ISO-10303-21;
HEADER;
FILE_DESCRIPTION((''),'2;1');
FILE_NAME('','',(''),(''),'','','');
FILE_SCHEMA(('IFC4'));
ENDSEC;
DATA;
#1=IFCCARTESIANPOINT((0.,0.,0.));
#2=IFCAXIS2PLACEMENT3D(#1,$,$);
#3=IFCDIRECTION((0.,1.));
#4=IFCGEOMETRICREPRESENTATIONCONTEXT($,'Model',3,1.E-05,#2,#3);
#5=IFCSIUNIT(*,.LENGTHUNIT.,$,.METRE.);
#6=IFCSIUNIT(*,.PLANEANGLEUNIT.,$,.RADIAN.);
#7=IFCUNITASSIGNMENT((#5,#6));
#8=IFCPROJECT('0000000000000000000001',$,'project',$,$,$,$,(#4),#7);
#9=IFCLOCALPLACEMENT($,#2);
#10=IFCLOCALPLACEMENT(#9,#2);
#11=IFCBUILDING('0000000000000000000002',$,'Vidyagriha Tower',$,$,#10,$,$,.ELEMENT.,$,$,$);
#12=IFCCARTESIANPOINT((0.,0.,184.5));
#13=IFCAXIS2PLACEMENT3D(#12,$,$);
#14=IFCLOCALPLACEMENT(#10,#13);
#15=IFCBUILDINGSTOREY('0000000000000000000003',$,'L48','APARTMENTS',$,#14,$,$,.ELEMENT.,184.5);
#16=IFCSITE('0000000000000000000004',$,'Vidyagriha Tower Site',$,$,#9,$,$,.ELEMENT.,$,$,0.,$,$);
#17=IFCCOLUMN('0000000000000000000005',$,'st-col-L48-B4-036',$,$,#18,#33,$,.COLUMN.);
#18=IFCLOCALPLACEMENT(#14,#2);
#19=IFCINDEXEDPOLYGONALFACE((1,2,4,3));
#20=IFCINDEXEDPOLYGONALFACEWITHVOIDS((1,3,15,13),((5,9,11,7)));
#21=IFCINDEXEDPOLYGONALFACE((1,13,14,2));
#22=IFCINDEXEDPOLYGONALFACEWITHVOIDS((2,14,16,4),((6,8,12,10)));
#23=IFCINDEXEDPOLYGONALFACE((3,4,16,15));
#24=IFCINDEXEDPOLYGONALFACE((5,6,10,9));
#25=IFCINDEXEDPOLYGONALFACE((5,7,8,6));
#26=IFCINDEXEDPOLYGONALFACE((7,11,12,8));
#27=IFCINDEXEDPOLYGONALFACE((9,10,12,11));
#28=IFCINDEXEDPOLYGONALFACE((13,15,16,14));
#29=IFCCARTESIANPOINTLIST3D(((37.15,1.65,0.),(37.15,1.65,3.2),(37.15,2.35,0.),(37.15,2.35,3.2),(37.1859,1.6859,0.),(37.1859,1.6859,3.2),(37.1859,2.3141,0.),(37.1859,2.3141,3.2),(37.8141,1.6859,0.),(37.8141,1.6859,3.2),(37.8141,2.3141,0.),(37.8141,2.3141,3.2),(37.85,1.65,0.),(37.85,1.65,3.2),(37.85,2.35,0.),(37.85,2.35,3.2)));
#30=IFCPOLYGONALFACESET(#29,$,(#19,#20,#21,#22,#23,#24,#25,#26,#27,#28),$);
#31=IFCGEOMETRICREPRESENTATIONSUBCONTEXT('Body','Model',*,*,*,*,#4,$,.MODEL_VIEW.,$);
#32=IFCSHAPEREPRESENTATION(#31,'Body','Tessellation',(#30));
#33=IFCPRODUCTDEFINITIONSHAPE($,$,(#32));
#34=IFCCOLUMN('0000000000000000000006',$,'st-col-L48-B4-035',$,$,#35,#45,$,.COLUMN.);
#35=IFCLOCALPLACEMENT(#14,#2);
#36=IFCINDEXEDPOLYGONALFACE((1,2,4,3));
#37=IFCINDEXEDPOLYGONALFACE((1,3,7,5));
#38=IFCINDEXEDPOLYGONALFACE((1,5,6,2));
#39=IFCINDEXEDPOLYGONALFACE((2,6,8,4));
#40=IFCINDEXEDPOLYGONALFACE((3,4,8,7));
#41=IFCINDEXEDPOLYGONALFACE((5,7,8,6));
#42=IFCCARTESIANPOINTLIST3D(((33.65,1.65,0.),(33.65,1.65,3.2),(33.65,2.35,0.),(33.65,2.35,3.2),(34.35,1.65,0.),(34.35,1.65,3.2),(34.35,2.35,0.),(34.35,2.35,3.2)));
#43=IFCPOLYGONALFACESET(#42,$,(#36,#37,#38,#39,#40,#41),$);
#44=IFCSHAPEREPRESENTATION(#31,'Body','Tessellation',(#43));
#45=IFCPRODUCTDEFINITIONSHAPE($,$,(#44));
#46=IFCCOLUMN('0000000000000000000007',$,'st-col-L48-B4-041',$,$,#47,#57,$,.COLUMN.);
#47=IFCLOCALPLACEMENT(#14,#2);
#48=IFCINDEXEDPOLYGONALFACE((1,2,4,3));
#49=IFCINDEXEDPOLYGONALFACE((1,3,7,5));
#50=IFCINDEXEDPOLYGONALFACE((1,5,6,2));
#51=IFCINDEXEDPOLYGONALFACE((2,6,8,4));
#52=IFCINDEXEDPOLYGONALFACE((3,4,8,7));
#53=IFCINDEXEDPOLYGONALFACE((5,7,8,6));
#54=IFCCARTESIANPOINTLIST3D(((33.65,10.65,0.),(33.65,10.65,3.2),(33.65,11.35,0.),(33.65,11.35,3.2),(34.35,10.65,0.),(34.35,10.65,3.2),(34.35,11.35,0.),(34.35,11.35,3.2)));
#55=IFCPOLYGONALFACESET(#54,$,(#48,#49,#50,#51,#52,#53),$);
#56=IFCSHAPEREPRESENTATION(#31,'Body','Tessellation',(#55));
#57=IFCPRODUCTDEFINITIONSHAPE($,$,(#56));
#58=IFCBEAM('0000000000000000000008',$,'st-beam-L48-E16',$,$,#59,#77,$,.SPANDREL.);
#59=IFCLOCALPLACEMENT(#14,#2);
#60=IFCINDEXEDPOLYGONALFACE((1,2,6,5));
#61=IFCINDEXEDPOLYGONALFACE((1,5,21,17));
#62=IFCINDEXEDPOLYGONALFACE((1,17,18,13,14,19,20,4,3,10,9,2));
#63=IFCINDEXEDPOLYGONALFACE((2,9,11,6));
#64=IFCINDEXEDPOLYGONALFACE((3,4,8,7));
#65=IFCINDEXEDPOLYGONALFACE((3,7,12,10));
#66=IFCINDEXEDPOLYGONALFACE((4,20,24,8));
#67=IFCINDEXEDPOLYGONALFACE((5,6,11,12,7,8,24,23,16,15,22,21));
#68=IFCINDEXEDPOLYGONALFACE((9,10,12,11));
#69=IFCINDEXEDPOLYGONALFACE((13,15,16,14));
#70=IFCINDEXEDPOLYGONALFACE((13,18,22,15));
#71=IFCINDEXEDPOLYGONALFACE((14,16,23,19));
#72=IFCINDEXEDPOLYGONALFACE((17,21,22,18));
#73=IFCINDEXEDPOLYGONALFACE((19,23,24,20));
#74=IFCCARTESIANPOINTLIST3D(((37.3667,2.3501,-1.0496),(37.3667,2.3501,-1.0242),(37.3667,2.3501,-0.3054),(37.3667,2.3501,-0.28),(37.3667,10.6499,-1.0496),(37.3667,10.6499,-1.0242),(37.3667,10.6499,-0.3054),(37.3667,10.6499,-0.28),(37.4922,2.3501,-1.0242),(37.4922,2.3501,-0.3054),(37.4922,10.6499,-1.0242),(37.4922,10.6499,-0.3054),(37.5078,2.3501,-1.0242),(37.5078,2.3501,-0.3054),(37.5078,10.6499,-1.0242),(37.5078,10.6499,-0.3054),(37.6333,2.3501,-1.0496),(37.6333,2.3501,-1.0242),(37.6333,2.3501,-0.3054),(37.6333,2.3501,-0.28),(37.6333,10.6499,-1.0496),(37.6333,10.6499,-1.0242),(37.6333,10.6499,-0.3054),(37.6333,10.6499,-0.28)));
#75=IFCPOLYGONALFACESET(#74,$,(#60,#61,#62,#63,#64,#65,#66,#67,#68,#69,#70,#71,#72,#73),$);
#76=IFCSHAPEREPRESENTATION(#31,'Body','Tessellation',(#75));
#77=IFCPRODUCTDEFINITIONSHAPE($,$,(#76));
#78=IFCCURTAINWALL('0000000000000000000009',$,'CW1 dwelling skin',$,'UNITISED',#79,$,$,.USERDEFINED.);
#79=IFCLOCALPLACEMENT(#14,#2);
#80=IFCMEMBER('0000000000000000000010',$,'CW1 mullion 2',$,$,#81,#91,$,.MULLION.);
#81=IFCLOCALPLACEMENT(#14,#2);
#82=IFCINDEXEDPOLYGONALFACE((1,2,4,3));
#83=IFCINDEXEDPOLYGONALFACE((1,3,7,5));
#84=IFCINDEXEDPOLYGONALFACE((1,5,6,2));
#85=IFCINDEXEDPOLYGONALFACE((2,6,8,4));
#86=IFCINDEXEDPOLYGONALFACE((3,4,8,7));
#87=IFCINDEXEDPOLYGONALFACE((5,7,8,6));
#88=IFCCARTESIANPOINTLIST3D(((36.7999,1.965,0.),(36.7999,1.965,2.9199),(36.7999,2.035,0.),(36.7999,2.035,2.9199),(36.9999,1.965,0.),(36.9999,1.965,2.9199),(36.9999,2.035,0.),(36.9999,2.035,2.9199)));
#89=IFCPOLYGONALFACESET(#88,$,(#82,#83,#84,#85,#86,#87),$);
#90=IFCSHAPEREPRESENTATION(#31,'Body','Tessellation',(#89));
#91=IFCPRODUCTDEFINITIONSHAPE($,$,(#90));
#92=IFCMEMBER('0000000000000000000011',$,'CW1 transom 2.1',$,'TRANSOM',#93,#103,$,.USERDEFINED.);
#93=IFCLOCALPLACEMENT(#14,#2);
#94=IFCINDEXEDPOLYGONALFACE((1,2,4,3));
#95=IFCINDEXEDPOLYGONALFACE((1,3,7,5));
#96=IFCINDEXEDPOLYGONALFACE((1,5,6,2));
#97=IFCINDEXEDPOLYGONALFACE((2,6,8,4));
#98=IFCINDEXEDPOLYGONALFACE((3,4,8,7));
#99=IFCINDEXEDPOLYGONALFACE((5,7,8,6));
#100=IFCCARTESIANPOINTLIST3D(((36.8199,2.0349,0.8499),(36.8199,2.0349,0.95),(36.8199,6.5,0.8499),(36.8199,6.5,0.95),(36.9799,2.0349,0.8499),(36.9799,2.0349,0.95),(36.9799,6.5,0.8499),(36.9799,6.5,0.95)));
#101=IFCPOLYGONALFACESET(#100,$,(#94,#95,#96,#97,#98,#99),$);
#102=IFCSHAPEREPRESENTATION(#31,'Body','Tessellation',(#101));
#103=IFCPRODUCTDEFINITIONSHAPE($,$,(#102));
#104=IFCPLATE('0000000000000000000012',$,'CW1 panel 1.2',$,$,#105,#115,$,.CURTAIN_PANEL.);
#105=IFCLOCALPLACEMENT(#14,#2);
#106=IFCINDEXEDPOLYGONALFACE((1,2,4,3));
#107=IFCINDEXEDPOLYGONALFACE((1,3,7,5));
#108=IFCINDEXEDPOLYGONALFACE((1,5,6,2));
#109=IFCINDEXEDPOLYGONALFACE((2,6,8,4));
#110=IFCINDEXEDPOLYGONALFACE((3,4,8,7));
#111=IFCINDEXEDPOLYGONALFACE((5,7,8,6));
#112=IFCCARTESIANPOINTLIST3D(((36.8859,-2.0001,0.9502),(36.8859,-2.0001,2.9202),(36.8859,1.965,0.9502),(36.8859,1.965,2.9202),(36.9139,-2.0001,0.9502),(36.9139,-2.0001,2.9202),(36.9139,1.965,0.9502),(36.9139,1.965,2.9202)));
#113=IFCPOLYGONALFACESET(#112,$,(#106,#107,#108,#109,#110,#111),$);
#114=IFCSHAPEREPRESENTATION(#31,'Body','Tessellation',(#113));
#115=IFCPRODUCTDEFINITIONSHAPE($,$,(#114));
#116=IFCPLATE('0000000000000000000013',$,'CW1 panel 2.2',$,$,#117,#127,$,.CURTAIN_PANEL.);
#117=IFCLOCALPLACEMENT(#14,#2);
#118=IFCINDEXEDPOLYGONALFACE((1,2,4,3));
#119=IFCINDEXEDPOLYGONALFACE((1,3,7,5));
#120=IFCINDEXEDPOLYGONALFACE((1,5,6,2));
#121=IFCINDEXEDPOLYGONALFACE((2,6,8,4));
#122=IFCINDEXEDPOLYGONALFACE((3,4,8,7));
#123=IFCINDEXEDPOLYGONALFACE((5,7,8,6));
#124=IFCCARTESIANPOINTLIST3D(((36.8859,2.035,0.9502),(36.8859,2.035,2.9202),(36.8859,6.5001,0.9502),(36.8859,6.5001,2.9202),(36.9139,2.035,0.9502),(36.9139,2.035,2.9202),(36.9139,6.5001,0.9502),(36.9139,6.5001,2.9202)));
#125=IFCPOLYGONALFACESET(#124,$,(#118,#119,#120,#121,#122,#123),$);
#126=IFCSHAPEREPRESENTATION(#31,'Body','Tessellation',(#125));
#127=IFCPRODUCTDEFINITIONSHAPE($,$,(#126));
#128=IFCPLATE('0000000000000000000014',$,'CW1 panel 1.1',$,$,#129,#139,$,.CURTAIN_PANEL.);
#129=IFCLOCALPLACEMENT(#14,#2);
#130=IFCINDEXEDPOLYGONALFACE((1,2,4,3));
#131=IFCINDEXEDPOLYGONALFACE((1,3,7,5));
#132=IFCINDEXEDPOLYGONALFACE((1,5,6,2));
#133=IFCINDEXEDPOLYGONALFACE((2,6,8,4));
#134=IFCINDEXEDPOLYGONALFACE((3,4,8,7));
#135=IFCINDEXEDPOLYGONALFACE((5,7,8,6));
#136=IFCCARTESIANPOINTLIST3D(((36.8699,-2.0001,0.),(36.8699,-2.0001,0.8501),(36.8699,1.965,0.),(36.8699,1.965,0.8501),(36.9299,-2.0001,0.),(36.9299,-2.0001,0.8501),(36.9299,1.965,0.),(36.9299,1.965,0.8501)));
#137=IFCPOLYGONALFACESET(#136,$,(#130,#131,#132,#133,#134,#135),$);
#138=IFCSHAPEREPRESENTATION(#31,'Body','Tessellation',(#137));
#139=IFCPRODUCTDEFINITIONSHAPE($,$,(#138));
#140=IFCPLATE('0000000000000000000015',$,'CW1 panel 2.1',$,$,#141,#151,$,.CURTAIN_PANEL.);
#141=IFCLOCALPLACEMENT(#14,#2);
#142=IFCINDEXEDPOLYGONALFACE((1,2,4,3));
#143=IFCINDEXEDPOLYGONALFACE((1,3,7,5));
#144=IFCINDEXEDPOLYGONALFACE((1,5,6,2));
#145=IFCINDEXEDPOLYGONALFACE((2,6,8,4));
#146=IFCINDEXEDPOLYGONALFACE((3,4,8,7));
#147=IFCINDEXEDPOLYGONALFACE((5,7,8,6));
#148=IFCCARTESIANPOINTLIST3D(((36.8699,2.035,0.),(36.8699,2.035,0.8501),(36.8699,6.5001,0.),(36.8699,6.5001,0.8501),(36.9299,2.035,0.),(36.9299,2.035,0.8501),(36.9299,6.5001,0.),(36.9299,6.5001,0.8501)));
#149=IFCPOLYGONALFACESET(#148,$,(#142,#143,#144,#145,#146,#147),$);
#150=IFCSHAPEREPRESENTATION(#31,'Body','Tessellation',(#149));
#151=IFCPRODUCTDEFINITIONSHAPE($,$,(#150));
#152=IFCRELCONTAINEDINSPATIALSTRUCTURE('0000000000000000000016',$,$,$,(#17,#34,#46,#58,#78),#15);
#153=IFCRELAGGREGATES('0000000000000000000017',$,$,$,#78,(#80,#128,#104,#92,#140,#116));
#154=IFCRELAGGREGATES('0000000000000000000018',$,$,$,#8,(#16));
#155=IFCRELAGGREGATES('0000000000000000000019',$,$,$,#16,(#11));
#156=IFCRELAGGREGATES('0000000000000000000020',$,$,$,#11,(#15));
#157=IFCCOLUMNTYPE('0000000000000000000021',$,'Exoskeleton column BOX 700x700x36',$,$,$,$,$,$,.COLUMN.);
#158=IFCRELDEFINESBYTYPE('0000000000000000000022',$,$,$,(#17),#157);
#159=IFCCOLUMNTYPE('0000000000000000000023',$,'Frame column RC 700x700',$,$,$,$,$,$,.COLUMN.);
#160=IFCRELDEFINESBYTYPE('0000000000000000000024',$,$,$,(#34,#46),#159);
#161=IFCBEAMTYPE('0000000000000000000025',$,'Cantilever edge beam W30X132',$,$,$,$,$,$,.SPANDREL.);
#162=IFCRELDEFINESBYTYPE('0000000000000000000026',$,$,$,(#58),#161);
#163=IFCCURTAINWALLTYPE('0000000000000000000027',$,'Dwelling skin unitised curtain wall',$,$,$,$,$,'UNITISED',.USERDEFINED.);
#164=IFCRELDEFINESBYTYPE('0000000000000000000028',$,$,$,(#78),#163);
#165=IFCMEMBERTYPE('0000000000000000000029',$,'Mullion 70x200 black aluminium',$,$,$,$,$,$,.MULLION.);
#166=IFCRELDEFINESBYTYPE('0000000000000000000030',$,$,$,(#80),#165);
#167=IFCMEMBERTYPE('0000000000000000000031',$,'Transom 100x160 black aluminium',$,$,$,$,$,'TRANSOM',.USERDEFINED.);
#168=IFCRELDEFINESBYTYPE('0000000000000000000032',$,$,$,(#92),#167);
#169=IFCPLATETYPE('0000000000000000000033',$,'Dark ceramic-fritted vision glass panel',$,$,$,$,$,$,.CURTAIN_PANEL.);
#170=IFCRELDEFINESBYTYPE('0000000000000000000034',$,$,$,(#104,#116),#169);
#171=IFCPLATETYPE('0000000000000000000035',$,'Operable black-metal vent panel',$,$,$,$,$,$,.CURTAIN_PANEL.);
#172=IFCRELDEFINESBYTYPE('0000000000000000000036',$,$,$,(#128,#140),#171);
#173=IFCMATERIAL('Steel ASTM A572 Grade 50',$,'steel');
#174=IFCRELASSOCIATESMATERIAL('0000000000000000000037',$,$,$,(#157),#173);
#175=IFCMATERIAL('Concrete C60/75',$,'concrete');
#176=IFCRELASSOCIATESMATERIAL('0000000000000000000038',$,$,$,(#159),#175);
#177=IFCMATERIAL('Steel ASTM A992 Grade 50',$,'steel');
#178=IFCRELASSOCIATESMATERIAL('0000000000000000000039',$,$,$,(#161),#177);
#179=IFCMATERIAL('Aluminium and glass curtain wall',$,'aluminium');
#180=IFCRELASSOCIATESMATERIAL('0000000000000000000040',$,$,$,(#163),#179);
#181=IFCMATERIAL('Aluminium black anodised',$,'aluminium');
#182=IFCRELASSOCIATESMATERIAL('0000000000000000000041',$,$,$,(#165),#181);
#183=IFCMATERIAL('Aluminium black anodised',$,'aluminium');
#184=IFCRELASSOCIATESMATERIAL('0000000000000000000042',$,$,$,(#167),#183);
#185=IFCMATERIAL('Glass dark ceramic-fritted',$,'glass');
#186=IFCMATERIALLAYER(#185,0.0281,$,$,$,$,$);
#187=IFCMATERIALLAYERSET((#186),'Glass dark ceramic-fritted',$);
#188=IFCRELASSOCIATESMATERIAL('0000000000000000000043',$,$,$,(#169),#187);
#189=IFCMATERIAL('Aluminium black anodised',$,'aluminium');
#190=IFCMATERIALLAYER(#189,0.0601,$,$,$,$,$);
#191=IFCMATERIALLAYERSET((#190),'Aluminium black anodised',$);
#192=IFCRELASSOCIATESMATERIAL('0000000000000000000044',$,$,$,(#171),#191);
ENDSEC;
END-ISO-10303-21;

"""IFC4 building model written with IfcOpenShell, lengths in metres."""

from ifc_helpers import new_model, si_unit, direction, frame, origin, origin_2d, place, context, subcontext, project, spatial, rectangle, hollow_rectangle, i_section, extrude, material, layer, layer_set, material_profile, profile_set, type_object, element, aggregate, save


model = new_model("IFC4")

# Units and contexts
model_context = context("Model", 3, precision=1e-05, world=origin(), true_north=direction((0.0, 1.0)))
body_context = subcontext(model_context, "Body", "Model", "MODEL_VIEW")
ifc_project = project(units=[si_unit("LENGTHUNIT", "METRE"), si_unit("PLANEANGLEUNIT", "RADIAN")], contexts=[model_context])

# Site, building, storey
site_placement = place(None, origin())
site = spatial("IfcSite", under=ifc_project, at=site_placement, Name="Vidyagriha Tower Site", CompositionType="ELEMENT", RefElevation=0.0)
building_placement = place(site_placement, origin())
building = spatial("IfcBuilding", under=site, at=building_placement, Name="Vidyagriha Tower", CompositionType="ELEMENT")
storey_placement = place(building_placement, frame((0.0, 0.0, 184.5)))
storey = spatial("IfcBuildingStorey", under=building, at=storey_placement, Name="L48", Description="APARTMENTS", CompositionType="ELEMENT", Elevation=184.5)

# Columns
ifc_material_1 = material(Name="Steel ASTM A572 Grade 50", Category="steel")
ifc_material_profile_1 = material_profile(ifc_material_1, hollow_rectangle(XDim=0.7, YDim=0.7, WallThickness=0.0359, at=origin_2d()), Name="BOX 700x700x36")
ifc_profile_set_1 = profile_set([ifc_material_profile_1], Name="Steel ASTM A572 Grade 50")
column_type_1 = type_object("IfcColumnType", Name="Exoskeleton column BOX 700x700x36", PredefinedType="COLUMN", material=ifc_profile_set_1)
column_placement = place(storey_placement, frame((37.5, 2.0, 0.0)))
element("IfcColumn", 1, at=column_placement, inside=storey, type_object=column_type_1, Name="st-col-L48-B4-036", PredefinedType="COLUMN", context=body_context, shape_type="SweptSolid", body=[
    extrude(hollow_rectangle(XDim=0.7, YDim=0.7, WallThickness=0.0359, at=origin_2d()), origin(), (0.0, 0.0, 1.0), 3.2),
])
ifc_material_2 = material(Name="Concrete C60/75", Category="concrete")
ifc_material_profile_2 = material_profile(ifc_material_2, rectangle(XDim=0.7, YDim=0.7, at=origin_2d()), Name="RC 700x700")
ifc_profile_set_2 = profile_set([ifc_material_profile_2], Name="Concrete C60/75")
column_type_2 = type_object("IfcColumnType", Name="Frame column RC 700x700", PredefinedType="COLUMN", material=ifc_profile_set_2)
for number, where, name in (
    (2, (34.0, 2.0, 0.0), "st-col-L48-B4-035"),
    (3, (34.0, 11.0, 0.0), "st-col-L48-B4-041"),
):
    element("IfcColumn", number, at=place(storey_placement, frame(where)), inside=storey, type_object=column_type_2, Name=name, PredefinedType="COLUMN", context=body_context, shape_type="SweptSolid", body=[
        extrude(rectangle(XDim=0.7, YDim=0.7, at=origin_2d()), origin(), (0.0, 0.0, 1.0), 3.2),
    ])

# Beam
ifc_material_3 = material(Name="Steel ASTM A992 Grade 50", Category="steel")
ifc_material_profile_3 = material_profile(ifc_material_3, i_section(OverallWidth=0.2666, OverallDepth=0.7695, WebThickness=0.0156, FlangeThickness=0.0254, at=origin_2d()), Name="W30X132")
ifc_profile_set_3 = profile_set([ifc_material_profile_3], Name="Steel ASTM A992 Grade 50")
beam_type = type_object("IfcBeamType", Name="Cantilever edge beam W30X132", PredefinedType="SPANDREL", material=ifc_profile_set_3)
beam_placement = place(storey_placement, frame((37.5, 2.3501, -0.6648), z_axis=(0.0, 1.0, 0.0), x_axis=(-1.0, 0.0, 0.0)))
element("IfcBeam", 4, at=beam_placement, inside=storey, type_object=beam_type, Name="st-beam-L48-E16", PredefinedType="SPANDREL", context=body_context, shape_type="SweptSolid", body=[
    extrude(i_section(OverallWidth=0.2666, OverallDepth=0.7695, WebThickness=0.0156, FlangeThickness=0.0254, at=origin_2d()), origin(), (0.0, 0.0, 1.0), 8.2998),
])

# Curtain wall, members, plates
ifc_material_4 = material(Name="Aluminium and glass curtain wall", Category="aluminium")
curtain_wall_type = type_object("IfcCurtainWallType", Name="Dwelling skin unitised curtain wall", ElementType="UNITISED", PredefinedType="USERDEFINED", material=ifc_material_4)
curtain_wall_placement = place(storey_placement, origin())
curtain_wall = element("IfcCurtainWall", 5, at=curtain_wall_placement, inside=storey, type_object=curtain_wall_type, Name="CW1 dwelling skin", ObjectType="UNITISED", PredefinedType="USERDEFINED")
ifc_material_5 = material(Name="Aluminium black anodised", Category="aluminium")
ifc_material_profile_4 = material_profile(ifc_material_5, rectangle(XDim=0.2, YDim=0.0701, at=origin_2d()), Name="Mullion 70x200 black aluminium")
ifc_profile_set_4 = profile_set([ifc_material_profile_4], Name="Aluminium black anodised")
member_type_1 = type_object("IfcMemberType", Name="Mullion 70x200 black aluminium", PredefinedType="MULLION", material=ifc_profile_set_4)
member_1_placement = place(storey_placement, frame((36.8999, 2.0, 0.0), z_axis=(0.0, 0.0, 1.0), x_axis=(-1.0, 0.0, 0.0)))
member_1 = element("IfcMember", 6, at=member_1_placement, type_object=member_type_1, Name="CW1 mullion 2", PredefinedType="MULLION", context=body_context, shape_type="SweptSolid", body=[
    extrude(rectangle(XDim=0.2, YDim=0.0701, at=origin_2d()), origin(), (0.0, 0.0, 1.0), 2.9199),
])
ifc_material_6 = material(Name="Aluminium black anodised", Category="aluminium")
ifc_material_profile_5 = material_profile(ifc_material_6, rectangle(XDim=0.1599, YDim=0.1001, at=origin_2d()), Name="Transom 100x160 black aluminium")
ifc_profile_set_5 = profile_set([ifc_material_profile_5], Name="Aluminium black anodised")
member_type_2 = type_object("IfcMemberType", Name="Transom 100x160 black aluminium", ElementType="TRANSOM", PredefinedType="USERDEFINED", material=ifc_profile_set_5)
member_2_placement = place(storey_placement, frame((36.8999, 2.0349, 0.8999), z_axis=(0.0, 1.0, 0.0), x_axis=(-1.0, 0.0, 0.0)))
member_2 = element("IfcMember", 7, at=member_2_placement, type_object=member_type_2, Name="CW1 transom 2.1", ObjectType="TRANSOM", PredefinedType="USERDEFINED", context=body_context, shape_type="SweptSolid", body=[
    extrude(rectangle(XDim=0.1599, YDim=0.1001, at=origin_2d()), origin(), (0.0, 0.0, 1.0), 4.4651),
])
ifc_material_7 = material(Name="Glass dark ceramic-fritted", Category="glass")
ifc_layer_1 = layer(ifc_material_7, 0.0281)
ifc_layer_set_1 = layer_set([ifc_layer_1], Name="Glass dark ceramic-fritted")
plate_type_1 = type_object("IfcPlateType", Name="Dark ceramic-fritted vision glass panel", PredefinedType="CURTAIN_PANEL", material=ifc_layer_set_1)
plate_1_placement = place(storey_placement, frame((36.8999, -0.0176, 0.9502), z_axis=(0.0, 0.0, 1.0), x_axis=(0.0, 1.0, 0.0)))
plate_1 = element("IfcPlate", 8, at=plate_1_placement, type_object=plate_type_1, Name="CW1 panel 1.2", PredefinedType="CURTAIN_PANEL", context=body_context, shape_type="SweptSolid", body=[
    extrude(rectangle(XDim=3.9651, YDim=0.0281, at=origin_2d()), origin(), (0.0, 0.0, 1.0), 1.97),
])
plate_2_placement = place(storey_placement, frame((36.8999, 4.2676, 0.9502), z_axis=(0.0, 0.0, 1.0), x_axis=(0.0, 1.0, 0.0)))
plate_2 = element("IfcPlate", 9, at=plate_2_placement, type_object=plate_type_1, Name="CW1 panel 2.2", PredefinedType="CURTAIN_PANEL", context=body_context, shape_type="SweptSolid", body=[
    extrude(rectangle(XDim=4.4651, YDim=0.0281, at=origin_2d()), origin(), (0.0, 0.0, 1.0), 1.97),
])
ifc_material_8 = material(Name="Aluminium black anodised", Category="aluminium")
ifc_layer_2 = layer(ifc_material_8, 0.0601)
ifc_layer_set_2 = layer_set([ifc_layer_2], Name="Aluminium black anodised")
plate_type_2 = type_object("IfcPlateType", Name="Operable black-metal vent panel", PredefinedType="CURTAIN_PANEL", material=ifc_layer_set_2)
plate_3_placement = place(storey_placement, frame((36.8999, -0.0176, 0.0), z_axis=(0.0, 0.0, 1.0), x_axis=(0.0, 1.0, 0.0)))
plate_3 = element("IfcPlate", 10, at=plate_3_placement, type_object=plate_type_2, Name="CW1 panel 1.1", PredefinedType="CURTAIN_PANEL", context=body_context, shape_type="SweptSolid", body=[
    extrude(rectangle(XDim=3.9651, YDim=0.0601, at=origin_2d()), origin(), (0.0, 0.0, 1.0), 0.8501),
])
plate_4_placement = place(storey_placement, frame((36.8999, 4.2676, 0.0), z_axis=(0.0, 0.0, 1.0), x_axis=(0.0, 1.0, 0.0)))
plate_4 = element("IfcPlate", 11, at=plate_4_placement, type_object=plate_type_2, Name="CW1 panel 2.1", PredefinedType="CURTAIN_PANEL", context=body_context, shape_type="SweptSolid", body=[
    extrude(rectangle(XDim=4.4651, YDim=0.0601, at=origin_2d()), origin(), (0.0, 0.0, 1.0), 0.8501),
])
aggregate(curtain_wall, [member_1, plate_3, plate_1, member_2, plate_4, plate_2])

save(model, "model.ifc")
